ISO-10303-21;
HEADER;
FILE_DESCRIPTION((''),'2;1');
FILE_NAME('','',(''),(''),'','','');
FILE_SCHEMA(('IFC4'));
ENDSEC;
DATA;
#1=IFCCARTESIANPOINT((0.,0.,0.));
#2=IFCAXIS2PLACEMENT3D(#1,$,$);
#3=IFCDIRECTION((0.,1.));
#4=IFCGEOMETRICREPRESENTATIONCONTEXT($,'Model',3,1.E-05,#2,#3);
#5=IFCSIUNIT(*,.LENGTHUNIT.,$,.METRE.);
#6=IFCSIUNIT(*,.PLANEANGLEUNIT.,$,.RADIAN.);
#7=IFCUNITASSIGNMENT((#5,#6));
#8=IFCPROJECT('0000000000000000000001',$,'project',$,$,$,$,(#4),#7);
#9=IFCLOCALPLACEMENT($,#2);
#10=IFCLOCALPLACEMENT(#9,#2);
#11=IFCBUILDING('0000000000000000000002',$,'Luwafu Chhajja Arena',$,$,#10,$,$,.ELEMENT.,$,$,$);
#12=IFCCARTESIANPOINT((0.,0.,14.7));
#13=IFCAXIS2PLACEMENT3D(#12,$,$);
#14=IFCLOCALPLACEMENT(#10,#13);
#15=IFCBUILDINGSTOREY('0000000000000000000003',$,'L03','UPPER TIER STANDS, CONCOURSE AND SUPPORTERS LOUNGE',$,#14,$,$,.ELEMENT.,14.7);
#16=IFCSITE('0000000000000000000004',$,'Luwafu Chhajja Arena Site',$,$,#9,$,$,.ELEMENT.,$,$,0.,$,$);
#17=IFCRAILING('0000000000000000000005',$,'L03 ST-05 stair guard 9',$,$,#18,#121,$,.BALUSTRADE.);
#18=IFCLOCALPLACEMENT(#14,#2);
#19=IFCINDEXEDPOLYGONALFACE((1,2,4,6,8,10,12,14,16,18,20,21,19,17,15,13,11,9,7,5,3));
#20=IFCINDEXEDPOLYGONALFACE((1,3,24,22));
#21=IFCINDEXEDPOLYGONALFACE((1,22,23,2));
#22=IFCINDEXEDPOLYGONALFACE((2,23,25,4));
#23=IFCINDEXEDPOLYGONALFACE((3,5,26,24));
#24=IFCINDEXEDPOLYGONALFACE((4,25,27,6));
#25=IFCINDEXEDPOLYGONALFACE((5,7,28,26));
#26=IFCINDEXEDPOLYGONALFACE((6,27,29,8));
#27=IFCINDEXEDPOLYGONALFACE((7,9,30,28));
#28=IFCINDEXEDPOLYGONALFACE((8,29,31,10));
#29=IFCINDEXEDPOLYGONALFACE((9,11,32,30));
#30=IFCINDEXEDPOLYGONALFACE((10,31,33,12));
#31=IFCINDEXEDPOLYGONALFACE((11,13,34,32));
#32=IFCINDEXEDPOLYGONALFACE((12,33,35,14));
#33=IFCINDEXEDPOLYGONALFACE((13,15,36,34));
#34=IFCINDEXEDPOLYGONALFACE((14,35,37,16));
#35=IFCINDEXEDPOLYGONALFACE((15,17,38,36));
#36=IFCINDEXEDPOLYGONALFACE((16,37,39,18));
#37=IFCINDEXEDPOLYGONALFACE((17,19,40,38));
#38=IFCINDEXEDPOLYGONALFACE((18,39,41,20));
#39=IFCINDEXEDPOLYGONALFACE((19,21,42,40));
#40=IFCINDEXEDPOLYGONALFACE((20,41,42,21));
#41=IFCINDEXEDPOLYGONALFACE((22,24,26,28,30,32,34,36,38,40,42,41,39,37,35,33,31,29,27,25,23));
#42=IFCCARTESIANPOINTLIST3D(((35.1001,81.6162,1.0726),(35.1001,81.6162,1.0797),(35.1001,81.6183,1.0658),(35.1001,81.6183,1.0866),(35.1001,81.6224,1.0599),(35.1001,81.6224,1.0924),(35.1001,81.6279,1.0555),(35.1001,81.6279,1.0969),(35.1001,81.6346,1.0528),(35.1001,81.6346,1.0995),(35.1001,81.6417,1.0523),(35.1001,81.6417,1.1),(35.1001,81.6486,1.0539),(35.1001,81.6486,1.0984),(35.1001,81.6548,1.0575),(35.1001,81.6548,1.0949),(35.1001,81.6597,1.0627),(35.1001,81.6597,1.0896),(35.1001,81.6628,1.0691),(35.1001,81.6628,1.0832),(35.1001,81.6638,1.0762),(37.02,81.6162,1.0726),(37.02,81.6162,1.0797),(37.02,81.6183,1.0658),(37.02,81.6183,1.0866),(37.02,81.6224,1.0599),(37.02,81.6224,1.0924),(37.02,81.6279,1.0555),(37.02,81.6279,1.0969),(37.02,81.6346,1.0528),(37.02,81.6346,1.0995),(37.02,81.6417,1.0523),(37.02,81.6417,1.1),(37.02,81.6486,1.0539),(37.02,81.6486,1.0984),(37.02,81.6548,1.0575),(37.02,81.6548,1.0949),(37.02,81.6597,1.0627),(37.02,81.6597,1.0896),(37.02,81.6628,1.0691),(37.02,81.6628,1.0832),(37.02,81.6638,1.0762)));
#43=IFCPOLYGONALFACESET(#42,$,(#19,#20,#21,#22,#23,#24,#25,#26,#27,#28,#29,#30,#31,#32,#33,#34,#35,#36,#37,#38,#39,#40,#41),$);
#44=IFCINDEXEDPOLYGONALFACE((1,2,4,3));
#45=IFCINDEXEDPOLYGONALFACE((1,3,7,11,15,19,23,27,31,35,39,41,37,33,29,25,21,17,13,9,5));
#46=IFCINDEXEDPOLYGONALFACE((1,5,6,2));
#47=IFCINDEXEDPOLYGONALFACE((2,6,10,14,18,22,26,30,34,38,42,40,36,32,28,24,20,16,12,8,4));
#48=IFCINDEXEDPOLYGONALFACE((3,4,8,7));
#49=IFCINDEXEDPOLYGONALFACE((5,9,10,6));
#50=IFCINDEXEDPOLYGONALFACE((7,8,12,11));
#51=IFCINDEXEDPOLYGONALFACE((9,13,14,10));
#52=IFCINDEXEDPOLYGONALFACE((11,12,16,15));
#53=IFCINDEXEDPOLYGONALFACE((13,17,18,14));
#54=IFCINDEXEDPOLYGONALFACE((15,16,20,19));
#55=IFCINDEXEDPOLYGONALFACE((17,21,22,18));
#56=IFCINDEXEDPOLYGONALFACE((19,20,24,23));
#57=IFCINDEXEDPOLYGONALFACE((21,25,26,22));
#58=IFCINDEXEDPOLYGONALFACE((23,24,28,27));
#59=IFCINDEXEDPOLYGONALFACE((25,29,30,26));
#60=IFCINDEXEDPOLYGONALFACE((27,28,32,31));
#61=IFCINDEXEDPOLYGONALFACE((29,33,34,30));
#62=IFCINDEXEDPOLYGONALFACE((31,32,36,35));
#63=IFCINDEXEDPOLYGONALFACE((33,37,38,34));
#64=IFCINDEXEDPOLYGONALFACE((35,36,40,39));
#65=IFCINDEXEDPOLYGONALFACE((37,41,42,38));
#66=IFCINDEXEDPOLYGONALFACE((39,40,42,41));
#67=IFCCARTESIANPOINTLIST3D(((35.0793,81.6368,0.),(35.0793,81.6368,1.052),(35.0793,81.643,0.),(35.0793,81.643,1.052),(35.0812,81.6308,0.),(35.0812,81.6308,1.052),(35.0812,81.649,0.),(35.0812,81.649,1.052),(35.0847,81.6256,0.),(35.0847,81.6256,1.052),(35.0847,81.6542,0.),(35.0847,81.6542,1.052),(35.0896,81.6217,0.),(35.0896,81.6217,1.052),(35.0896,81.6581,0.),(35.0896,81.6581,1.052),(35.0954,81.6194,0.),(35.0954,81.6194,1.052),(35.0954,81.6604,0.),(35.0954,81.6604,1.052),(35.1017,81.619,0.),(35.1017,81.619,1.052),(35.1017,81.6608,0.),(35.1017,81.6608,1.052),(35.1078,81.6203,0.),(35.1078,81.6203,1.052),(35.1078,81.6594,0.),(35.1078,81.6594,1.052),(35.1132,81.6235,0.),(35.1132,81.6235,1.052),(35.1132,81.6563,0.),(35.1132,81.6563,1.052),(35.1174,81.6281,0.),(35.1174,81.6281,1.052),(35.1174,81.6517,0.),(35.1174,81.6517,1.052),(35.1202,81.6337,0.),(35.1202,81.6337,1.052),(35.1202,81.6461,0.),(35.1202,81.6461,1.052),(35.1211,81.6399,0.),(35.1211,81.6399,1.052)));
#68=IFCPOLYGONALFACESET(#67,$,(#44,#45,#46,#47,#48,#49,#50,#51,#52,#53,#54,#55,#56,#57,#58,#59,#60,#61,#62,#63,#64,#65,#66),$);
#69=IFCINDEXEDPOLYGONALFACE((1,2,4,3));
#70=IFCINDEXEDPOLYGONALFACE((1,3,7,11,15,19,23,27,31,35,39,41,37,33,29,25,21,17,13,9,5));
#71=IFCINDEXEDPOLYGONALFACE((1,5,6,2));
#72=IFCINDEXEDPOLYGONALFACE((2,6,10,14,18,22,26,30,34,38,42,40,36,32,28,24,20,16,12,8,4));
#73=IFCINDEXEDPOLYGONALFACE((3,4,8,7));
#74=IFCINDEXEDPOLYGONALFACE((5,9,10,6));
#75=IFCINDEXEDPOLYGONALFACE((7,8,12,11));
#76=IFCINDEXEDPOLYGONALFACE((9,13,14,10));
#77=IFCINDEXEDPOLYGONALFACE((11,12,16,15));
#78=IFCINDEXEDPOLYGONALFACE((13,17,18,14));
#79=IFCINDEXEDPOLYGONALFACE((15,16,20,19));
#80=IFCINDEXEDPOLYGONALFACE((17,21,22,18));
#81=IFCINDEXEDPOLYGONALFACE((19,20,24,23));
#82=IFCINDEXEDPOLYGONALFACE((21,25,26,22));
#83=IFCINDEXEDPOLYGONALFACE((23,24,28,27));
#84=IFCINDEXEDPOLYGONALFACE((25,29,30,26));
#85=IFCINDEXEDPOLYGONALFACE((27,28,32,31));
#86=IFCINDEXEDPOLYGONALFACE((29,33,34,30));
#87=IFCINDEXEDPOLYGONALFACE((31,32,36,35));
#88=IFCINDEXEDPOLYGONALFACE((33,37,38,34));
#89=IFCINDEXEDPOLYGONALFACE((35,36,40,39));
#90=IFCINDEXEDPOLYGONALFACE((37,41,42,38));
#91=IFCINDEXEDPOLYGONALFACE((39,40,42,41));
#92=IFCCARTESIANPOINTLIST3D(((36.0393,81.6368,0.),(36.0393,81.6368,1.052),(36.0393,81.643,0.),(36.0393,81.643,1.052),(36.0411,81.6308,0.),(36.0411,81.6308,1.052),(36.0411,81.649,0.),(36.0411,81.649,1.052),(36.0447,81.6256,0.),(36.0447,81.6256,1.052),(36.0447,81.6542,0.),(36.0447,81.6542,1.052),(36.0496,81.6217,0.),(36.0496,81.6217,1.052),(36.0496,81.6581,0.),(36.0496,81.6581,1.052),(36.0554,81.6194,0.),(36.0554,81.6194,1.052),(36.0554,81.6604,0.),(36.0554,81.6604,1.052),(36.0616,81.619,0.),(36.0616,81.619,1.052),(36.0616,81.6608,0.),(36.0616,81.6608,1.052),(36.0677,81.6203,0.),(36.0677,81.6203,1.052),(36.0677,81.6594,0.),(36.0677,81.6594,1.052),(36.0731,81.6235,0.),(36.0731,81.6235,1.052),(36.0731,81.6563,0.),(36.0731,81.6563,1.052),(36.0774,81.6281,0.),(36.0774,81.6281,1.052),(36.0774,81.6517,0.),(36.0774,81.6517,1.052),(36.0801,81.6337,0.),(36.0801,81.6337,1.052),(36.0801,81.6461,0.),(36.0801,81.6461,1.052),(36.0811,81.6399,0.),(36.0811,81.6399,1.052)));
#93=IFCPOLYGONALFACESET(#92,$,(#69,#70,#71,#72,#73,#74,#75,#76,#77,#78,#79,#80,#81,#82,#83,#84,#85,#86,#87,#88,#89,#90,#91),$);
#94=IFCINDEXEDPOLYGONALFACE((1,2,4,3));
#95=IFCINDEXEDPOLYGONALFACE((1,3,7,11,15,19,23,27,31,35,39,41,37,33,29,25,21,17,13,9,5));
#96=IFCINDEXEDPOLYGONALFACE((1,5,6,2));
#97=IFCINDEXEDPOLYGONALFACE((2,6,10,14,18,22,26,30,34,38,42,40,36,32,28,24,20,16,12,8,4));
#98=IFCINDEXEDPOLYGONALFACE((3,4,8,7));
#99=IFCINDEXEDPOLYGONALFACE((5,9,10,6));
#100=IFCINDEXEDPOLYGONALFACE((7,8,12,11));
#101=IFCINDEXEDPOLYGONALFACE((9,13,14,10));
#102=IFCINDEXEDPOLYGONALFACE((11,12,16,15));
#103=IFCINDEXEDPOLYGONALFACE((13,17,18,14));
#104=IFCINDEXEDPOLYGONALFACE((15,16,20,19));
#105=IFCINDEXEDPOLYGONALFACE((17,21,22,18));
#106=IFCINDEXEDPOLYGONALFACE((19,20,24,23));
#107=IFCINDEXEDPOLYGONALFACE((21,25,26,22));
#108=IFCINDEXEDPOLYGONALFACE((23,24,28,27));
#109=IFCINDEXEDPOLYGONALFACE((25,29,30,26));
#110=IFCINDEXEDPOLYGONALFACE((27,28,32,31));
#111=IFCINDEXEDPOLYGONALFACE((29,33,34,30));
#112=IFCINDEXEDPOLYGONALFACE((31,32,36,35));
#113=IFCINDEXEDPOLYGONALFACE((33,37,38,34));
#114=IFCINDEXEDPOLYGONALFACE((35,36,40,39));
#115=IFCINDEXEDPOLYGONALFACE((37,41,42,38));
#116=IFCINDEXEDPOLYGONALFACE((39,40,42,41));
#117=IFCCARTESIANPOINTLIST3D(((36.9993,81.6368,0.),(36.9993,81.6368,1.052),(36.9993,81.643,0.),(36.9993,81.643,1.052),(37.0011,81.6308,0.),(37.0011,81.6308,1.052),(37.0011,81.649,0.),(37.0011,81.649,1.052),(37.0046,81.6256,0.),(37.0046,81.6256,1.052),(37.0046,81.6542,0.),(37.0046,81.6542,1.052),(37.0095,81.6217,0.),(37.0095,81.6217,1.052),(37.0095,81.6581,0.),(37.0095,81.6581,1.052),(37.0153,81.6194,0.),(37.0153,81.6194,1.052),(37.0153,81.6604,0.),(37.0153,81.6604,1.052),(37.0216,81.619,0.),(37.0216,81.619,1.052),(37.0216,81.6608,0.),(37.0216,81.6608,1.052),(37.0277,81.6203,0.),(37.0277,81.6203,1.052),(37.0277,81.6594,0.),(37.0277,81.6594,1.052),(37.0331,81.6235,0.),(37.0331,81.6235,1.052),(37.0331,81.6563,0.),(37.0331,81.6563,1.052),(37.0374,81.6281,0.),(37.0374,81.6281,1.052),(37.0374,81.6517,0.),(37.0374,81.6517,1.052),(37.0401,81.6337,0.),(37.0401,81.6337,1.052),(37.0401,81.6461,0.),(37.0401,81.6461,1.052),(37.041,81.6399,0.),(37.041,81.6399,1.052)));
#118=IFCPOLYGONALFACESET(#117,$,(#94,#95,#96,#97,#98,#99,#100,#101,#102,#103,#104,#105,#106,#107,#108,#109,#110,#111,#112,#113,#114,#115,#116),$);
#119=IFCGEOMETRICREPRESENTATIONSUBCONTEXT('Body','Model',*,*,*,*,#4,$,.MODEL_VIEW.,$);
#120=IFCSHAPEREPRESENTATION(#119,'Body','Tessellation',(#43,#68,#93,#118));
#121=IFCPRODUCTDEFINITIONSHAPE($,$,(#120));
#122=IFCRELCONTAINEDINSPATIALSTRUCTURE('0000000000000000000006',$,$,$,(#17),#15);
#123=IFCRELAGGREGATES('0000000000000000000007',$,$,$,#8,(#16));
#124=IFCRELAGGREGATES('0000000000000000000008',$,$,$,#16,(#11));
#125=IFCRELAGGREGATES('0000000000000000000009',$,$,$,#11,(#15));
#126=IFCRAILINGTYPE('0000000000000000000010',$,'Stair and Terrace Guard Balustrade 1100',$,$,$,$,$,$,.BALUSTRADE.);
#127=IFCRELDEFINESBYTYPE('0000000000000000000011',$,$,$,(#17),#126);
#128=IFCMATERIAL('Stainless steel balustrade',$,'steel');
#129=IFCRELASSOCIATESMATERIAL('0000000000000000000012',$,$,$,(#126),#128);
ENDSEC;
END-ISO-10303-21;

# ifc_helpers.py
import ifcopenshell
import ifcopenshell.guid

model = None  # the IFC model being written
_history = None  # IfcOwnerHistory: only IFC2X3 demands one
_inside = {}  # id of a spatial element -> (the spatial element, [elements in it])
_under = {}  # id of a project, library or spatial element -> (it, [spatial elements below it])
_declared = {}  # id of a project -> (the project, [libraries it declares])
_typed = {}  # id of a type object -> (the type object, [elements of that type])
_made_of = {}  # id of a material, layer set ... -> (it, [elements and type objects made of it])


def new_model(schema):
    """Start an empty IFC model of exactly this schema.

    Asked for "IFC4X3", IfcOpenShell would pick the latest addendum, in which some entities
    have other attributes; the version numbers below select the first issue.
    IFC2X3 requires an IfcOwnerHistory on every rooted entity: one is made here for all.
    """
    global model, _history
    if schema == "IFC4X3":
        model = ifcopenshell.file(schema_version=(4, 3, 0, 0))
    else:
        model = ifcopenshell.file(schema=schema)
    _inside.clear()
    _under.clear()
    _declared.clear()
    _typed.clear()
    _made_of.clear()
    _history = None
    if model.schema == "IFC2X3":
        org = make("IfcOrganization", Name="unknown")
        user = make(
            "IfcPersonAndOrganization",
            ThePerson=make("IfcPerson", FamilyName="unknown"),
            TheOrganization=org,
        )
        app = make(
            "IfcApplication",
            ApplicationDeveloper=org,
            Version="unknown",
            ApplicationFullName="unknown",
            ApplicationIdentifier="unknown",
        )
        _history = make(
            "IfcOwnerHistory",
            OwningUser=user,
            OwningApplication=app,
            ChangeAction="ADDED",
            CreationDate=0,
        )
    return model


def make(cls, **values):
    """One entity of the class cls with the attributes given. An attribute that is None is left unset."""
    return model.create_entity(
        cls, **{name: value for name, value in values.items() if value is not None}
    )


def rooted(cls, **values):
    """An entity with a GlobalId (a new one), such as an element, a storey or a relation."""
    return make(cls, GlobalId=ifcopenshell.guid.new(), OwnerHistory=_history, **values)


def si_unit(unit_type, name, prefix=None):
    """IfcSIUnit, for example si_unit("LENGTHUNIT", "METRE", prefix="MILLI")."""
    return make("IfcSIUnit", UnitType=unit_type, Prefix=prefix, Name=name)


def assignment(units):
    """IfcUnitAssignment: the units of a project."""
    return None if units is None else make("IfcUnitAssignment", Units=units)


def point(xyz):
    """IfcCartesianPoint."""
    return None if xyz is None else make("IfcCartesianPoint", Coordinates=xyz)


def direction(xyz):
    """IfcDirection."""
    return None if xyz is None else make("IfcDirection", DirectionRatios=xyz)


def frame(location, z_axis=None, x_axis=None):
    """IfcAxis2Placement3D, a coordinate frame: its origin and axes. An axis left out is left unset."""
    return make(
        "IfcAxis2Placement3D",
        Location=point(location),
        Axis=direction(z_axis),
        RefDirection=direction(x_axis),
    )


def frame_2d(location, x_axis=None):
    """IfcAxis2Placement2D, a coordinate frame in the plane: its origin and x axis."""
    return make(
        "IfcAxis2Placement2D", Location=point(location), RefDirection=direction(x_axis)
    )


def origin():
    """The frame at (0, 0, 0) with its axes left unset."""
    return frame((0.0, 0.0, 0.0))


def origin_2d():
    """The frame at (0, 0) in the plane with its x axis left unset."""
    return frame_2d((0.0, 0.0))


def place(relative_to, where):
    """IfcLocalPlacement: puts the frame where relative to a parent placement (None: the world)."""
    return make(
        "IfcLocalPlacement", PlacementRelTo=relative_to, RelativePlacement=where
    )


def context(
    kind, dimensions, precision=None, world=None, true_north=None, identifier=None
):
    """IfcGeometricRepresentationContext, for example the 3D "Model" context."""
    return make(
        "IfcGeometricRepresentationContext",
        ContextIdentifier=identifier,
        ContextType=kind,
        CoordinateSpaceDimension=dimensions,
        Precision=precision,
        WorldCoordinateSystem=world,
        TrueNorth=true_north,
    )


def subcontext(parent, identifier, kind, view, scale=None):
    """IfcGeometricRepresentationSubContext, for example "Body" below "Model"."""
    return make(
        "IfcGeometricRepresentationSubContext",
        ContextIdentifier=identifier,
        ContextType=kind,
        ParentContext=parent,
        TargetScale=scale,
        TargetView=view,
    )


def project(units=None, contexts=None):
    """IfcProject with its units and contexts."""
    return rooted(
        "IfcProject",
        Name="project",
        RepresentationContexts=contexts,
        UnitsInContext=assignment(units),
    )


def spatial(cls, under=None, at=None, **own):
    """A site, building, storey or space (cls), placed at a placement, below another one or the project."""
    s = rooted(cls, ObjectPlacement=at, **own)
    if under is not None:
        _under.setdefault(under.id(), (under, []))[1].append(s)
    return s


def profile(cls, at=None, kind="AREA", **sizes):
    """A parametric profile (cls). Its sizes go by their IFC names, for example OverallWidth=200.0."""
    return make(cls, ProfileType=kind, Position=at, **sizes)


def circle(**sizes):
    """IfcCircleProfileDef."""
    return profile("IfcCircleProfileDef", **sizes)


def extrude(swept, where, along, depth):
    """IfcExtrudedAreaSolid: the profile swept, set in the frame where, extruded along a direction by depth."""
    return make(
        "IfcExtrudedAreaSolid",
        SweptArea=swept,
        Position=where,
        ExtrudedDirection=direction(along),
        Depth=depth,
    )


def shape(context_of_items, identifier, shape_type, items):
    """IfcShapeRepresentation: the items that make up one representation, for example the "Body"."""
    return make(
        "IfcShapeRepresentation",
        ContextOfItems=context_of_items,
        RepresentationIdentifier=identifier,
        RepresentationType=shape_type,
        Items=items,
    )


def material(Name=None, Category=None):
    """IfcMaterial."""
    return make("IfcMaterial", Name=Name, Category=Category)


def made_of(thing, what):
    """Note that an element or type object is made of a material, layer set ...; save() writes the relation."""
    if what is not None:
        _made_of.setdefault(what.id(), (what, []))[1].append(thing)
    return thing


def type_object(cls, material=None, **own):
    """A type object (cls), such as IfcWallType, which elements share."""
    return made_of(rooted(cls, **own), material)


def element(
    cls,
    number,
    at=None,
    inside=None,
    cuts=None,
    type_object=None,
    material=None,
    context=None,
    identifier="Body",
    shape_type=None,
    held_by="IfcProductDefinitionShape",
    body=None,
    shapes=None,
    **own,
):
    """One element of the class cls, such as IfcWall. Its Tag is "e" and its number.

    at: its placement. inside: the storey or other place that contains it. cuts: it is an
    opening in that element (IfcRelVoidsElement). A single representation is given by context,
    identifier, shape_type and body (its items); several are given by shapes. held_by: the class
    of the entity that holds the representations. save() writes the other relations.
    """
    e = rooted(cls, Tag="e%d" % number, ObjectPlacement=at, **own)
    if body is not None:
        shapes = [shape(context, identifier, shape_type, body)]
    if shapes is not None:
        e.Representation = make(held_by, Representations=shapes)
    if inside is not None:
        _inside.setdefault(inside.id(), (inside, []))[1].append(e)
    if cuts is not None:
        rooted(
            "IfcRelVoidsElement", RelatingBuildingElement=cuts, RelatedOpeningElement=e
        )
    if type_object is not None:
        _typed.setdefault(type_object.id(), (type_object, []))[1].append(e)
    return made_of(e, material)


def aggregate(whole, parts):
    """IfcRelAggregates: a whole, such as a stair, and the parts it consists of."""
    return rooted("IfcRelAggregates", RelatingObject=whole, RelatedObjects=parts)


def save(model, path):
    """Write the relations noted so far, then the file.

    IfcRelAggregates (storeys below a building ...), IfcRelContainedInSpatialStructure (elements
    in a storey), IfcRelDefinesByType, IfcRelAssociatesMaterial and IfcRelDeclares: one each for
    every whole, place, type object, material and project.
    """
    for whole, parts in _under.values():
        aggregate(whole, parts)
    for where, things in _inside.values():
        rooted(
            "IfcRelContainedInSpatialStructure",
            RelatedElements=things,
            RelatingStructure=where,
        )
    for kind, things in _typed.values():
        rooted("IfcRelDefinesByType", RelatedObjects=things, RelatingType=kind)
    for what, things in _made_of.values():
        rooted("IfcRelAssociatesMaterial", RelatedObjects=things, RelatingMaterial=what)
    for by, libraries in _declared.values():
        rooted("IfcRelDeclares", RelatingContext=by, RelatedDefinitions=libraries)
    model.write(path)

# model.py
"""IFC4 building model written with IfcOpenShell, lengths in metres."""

from ifc_helpers import new_model, si_unit, direction, frame, origin, origin_2d, place, context, subcontext, project, spatial, circle, extrude, material, type_object, element, save


model = new_model("IFC4")

# Units and contexts
model_context = context("Model", 3, precision=1e-05, world=origin(), true_north=direction((0.0, 1.0)))
body_context = subcontext(model_context, "Body", "Model", "MODEL_VIEW")
ifc_project = project(units=[si_unit("LENGTHUNIT", "METRE"), si_unit("PLANEANGLEUNIT", "RADIAN")], contexts=[model_context])

# Site, building, storey
site_placement = place(None, origin())
site = spatial("IfcSite", under=ifc_project, at=site_placement, Name="Luwafu Chhajja Arena Site", CompositionType="ELEMENT", RefElevation=0.0)
building_placement = place(site_placement, origin())
building = spatial("IfcBuilding", under=site, at=building_placement, Name="Luwafu Chhajja Arena", CompositionType="ELEMENT")
storey_placement = place(building_placement, frame((0.0, 0.0, 14.7)))
storey = spatial("IfcBuildingStorey", under=building, at=storey_placement, Name="L03", Description="UPPER TIER STANDS, CONCOURSE AND SUPPORTERS LOUNGE", CompositionType="ELEMENT", Elevation=14.7)

# Railing
ifc_material_1 = material(Name="Stainless steel balustrade", Category="steel")
railing_type = type_object("IfcRailingType", Name="Stair and Terrace Guard Balustrade 1100", PredefinedType="BALUSTRADE", material=ifc_material_1)
for number, where, name in (
    (1, (35.1001, 81.6399, 0.0), "L03 ST-05 stair guard 9"),
):
    element("IfcRailing", number, at=place(storey_placement, frame(where)), inside=storey, type_object=railing_type, Name=name, PredefinedType="BALUSTRADE", context=body_context, shape_type="SweptSolid", body=[
        extrude(circle(Radius=0.0239, at=origin_2d()), frame((0.0, 0.0, 1.0762), z_axis=(1.0, 0.0, 0.0), x_axis=(0.0, 1.0, 0.0)), (0.0, 0.0, 1.0), 1.9199),
        extrude(circle(Radius=0.021, at=origin_2d()), origin(), (0.0, 0.0, 1.0), 1.052),
        extrude(circle(Radius=0.021, at=origin_2d()), frame((0.96, 0.0, 0.0)), (0.0, 0.0, 1.0), 1.052),
        extrude(circle(Radius=0.021, at=origin_2d()), frame((1.9199, 0.0, 0.0)), (0.0, 0.0, 1.0), 1.052),
    ])

save(model, "model.ifc")
